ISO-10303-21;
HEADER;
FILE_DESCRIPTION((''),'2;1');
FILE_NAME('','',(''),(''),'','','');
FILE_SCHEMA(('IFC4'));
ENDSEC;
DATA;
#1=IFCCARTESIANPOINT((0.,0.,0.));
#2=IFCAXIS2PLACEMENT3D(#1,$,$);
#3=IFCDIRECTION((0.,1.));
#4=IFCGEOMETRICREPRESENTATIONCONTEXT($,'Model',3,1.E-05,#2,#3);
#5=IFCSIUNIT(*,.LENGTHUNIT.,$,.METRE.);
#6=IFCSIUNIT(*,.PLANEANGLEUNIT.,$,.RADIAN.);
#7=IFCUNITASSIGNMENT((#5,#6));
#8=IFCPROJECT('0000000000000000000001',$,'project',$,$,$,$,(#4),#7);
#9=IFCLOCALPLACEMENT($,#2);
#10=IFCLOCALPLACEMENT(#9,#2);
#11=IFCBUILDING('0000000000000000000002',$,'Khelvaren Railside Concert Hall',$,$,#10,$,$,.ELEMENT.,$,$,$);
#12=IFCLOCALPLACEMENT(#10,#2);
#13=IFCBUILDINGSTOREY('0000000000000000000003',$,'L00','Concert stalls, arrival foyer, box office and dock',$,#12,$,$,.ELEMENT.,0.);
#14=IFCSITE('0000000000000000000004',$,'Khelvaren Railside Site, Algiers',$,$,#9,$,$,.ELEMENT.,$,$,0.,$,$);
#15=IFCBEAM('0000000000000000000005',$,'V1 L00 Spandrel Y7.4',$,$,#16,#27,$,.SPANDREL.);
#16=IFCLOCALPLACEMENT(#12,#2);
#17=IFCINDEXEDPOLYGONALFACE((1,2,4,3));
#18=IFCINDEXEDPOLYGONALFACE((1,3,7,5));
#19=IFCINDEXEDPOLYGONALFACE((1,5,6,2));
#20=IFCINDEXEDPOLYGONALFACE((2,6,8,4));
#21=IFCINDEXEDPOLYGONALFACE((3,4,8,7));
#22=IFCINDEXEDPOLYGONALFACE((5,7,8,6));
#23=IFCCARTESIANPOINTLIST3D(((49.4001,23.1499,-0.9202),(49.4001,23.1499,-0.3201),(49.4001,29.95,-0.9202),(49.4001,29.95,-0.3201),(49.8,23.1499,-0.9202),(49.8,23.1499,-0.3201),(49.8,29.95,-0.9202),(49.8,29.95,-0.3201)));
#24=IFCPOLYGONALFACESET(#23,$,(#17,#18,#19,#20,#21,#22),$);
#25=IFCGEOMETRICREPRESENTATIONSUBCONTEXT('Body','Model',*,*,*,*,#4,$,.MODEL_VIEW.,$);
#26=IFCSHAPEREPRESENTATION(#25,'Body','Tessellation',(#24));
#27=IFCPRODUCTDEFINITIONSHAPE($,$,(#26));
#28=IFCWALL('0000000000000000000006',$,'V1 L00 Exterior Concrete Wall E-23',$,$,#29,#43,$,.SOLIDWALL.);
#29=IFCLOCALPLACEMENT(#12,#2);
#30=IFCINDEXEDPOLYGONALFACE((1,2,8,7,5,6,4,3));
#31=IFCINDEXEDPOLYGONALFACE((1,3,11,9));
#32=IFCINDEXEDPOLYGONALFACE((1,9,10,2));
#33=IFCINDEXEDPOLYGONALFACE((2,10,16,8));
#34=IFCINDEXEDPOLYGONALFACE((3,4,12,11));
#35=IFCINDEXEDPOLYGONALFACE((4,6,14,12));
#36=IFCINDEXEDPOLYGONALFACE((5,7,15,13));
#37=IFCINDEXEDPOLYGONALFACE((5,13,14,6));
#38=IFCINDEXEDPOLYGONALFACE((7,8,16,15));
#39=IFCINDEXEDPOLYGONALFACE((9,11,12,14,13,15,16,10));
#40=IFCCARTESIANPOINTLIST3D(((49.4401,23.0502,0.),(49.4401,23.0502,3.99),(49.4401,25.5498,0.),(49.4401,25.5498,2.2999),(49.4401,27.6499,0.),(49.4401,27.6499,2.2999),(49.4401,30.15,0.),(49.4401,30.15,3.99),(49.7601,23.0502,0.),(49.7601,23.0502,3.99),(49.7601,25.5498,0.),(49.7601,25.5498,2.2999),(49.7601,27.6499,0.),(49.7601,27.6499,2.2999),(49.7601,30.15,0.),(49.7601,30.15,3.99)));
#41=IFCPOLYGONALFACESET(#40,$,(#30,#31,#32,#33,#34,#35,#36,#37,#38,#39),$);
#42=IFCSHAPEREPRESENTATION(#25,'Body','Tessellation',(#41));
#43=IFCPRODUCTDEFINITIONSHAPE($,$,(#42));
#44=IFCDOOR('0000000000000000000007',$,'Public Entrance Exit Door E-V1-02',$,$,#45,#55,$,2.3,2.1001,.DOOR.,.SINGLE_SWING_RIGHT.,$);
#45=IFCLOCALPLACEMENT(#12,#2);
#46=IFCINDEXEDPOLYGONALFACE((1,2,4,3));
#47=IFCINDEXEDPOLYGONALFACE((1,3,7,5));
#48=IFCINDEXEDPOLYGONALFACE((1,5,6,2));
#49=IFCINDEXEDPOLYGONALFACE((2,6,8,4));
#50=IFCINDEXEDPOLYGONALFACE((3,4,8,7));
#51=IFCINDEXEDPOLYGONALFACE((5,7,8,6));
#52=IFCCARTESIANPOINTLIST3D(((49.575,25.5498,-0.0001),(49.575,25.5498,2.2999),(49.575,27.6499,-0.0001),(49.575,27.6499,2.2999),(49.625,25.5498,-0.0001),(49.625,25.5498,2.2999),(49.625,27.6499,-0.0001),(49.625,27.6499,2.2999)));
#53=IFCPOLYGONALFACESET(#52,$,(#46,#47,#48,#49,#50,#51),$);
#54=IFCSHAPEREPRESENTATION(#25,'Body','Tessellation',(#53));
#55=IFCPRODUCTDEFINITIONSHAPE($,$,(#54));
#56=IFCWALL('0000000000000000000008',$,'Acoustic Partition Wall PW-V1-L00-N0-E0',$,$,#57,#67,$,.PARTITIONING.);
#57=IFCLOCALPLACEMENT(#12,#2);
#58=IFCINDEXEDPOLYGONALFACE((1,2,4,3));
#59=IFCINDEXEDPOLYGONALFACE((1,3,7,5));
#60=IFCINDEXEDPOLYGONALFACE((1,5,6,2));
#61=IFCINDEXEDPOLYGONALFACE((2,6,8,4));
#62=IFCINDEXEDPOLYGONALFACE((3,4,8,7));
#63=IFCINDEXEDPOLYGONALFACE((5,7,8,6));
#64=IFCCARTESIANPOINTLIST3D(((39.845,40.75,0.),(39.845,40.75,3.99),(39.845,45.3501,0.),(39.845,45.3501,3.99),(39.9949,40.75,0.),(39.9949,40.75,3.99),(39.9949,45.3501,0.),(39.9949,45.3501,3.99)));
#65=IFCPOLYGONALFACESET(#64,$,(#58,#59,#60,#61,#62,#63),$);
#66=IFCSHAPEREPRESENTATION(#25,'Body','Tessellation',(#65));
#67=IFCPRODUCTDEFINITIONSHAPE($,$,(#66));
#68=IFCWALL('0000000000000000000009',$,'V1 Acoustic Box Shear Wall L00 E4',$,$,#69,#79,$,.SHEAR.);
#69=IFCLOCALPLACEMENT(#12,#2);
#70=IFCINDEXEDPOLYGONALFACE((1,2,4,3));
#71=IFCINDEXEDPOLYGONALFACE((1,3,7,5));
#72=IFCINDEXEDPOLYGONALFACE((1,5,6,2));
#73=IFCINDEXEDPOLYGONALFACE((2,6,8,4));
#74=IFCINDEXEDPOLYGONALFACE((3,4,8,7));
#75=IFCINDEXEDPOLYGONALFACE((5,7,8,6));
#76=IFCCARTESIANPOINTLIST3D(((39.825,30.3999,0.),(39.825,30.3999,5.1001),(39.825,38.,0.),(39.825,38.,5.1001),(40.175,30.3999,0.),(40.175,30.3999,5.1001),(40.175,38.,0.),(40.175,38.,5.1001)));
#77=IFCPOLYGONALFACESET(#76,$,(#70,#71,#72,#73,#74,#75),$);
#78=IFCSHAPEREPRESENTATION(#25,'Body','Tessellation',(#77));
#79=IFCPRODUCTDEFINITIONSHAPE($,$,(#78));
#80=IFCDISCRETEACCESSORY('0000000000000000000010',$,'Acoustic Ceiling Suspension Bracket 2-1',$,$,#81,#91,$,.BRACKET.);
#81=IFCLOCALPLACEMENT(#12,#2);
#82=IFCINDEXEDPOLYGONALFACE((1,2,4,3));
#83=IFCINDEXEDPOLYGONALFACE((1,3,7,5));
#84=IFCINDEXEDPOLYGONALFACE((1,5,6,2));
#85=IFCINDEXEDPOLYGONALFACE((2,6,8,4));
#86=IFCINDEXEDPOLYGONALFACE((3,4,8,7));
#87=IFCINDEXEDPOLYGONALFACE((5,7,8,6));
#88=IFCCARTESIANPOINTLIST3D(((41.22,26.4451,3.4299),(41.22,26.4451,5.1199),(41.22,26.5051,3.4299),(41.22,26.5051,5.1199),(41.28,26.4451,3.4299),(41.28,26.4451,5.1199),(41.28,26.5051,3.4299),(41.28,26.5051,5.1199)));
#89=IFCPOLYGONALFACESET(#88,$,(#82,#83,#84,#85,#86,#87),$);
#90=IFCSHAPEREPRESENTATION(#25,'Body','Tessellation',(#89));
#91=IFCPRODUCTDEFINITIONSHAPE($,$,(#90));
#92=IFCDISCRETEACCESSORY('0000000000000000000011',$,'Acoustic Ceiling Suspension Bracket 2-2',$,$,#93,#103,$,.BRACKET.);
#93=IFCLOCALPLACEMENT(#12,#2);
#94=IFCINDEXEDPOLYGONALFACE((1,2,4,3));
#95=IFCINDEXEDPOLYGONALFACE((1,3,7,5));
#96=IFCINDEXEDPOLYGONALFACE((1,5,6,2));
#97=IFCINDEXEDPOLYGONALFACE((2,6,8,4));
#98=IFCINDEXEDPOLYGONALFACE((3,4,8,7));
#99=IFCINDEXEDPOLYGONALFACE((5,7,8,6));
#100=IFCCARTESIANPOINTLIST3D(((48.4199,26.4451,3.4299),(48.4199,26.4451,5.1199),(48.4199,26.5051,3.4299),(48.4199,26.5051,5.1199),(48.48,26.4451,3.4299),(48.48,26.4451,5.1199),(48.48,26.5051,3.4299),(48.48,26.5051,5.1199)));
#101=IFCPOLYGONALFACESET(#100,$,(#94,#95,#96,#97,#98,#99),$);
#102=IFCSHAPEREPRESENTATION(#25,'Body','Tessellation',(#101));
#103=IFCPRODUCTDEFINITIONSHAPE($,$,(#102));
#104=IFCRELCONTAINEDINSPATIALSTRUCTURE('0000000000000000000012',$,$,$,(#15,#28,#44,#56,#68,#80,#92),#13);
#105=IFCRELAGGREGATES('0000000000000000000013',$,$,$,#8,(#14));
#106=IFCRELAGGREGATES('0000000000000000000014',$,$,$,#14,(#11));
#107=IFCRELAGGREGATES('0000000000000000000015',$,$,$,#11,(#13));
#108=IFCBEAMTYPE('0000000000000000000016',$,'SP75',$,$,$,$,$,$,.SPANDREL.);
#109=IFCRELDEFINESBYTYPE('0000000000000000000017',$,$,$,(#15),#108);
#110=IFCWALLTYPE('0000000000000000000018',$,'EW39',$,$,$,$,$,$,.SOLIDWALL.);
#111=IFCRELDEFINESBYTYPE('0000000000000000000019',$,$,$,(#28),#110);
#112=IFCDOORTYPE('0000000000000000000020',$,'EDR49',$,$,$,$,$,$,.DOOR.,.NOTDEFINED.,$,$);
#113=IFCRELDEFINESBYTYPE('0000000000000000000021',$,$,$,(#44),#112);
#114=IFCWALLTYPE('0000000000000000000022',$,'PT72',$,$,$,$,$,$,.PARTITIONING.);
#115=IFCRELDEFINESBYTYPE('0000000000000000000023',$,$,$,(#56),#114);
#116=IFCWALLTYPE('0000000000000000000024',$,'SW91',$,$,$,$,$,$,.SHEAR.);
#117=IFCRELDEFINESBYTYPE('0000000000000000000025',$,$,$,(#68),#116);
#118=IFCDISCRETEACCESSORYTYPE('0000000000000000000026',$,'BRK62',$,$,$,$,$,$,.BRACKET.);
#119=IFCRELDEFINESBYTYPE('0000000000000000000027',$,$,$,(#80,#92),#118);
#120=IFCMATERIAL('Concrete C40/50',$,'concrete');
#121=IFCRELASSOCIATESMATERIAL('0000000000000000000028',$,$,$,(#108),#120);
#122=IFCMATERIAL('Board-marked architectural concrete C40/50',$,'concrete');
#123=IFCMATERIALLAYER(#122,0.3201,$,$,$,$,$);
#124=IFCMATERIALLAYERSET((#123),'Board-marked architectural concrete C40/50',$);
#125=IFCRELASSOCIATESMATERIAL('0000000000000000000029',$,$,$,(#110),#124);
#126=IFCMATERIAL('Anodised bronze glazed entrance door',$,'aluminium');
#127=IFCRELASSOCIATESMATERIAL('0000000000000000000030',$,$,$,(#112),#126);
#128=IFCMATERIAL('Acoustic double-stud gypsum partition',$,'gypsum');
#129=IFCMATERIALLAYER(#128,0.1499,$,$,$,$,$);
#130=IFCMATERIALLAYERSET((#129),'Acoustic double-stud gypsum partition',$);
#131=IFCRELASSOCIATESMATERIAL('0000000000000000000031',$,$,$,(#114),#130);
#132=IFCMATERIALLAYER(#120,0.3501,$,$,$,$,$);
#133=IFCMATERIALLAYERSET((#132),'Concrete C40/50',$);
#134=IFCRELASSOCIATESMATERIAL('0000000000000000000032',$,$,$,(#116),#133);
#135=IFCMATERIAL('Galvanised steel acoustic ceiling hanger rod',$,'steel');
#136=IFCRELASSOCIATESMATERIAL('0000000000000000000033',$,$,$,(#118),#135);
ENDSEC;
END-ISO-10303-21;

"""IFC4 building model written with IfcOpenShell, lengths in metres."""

from ifc_helpers import new_model, si_unit, direction, frame, frame_2d, origin, origin_2d, place, context, subcontext, project, spatial, rectangle, extrude, material, layer, layer_set, material_profile, profile_set, type_object, element, fill, save


model = new_model("IFC4")

# Units and contexts
model_context = context("Model", 3, precision=1e-05, world=origin(), true_north=direction((0.0, 1.0)))
body_context = subcontext(model_context, "Body", "Model", "MODEL_VIEW")
ifc_project = project(units=[si_unit("LENGTHUNIT", "METRE"), si_unit("PLANEANGLEUNIT", "RADIAN")], contexts=[model_context])

# Site, building, storey
site_placement = place(None, origin())
site = spatial("IfcSite", under=ifc_project, at=site_placement, Name="Khelvaren Railside Site, Algiers", CompositionType="ELEMENT", RefElevation=0.0)
building_placement = place(site_placement, origin())
building = spatial("IfcBuilding", under=site, at=building_placement, Name="Khelvaren Railside Concert Hall", CompositionType="ELEMENT")
storey_placement = place(building_placement, origin())
storey = spatial("IfcBuildingStorey", under=building, at=storey_placement, Name="L00", Description="Concert stalls, arrival foyer, box office and dock", CompositionType="ELEMENT", Elevation=0.0)

# Beam
ifc_material_1 = material(Name="Concrete C40/50", Category="concrete")
ifc_material_profile_1 = material_profile(ifc_material_1, rectangle(XDim=0.3999, YDim=0.6001, at=origin_2d()), Name="RCB 400x600")
ifc_profile_set_1 = profile_set([ifc_material_profile_1], Name="Concrete C40/50")
beam_type_1 = type_object("IfcBeamType", Name="SP75", PredefinedType="SPANDREL", material=ifc_profile_set_1)
beam_1_placement = place(storey_placement, frame((49.6001, 23.1499, -0.6201), z_axis=(0.0, 1.0, 0.0), x_axis=(-1.0, 0.0, 0.0)))
element("IfcBeam", 1, at=beam_1_placement, inside=storey, type_object=beam_type_1, Name="V1 L00 Spandrel Y7.4", PredefinedType="SPANDREL", context=body_context, shape_type="SweptSolid", body=[
    extrude(rectangle(XDim=0.3999, YDim=0.6001, at=origin_2d()), origin(), (0.0, 0.0, 1.0), 6.8),
])

# Wall, opening, door
ifc_material_2 = material(Name="Board-marked architectural concrete C40/50", Category="concrete")
ifc_layer_1 = layer(ifc_material_2, 0.3201)
ifc_layer_set_1 = layer_set([ifc_layer_1], Name="Board-marked architectural concrete C40/50")
wall_type_1 = type_object("IfcWallType", Name="EW39", PredefinedType="SOLIDWALL", material=ifc_layer_set_1)
wall_1_placement = place(storey_placement, frame((49.6001, 30.1499, 0.0), z_axis=(0.0, 0.0, 1.0), x_axis=(0.0, -1.0, 0.0)))
wall_1 = element("IfcWall", 2, at=wall_1_placement, inside=storey, type_object=wall_type_1, Name="V1 L00 Exterior Concrete Wall E-23", PredefinedType="SOLIDWALL", context=body_context, shape_type="SweptSolid", body=[
    extrude(rectangle(XDim=7.0999, YDim=0.3201, at=frame_2d((3.5498, 0.0))), origin(), (0.0, 0.0, 1.0), 3.99),
])
opening_placement = place(wall_1_placement, frame((2.5, 0.0, 0.0)))
opening = element("IfcOpeningElement", 3, at=opening_placement, cuts=wall_1, PredefinedType="OPENING", context=body_context, shape_type="SweptSolid", body=[
    extrude(rectangle(XDim=2.1001, YDim=2.3, at=frame_2d((1.05, 1.1499))), frame((0.0, 0.1699, 0.0), z_axis=(0.0, -1.0, 0.0), x_axis=(1.0, 0.0, 0.0)), (0.0, 0.0, 1.0), 0.3401),
])
ifc_material_3 = material(Name="Anodised bronze glazed entrance door", Category="aluminium")
door_type = type_object("IfcDoorType", Name="EDR49", OperationType="NOTDEFINED", PredefinedType="DOOR", material=ifc_material_3)
door_placement = place(opening_placement, origin())
door = element("IfcDoor", 4, at=door_placement, inside=storey, type_object=door_type, Name="Public Entrance Exit Door E-V1-02", OperationType="SINGLE_SWING_RIGHT", OverallHeight=2.3, OverallWidth=2.1001, PredefinedType="DOOR", context=body_context, shape_type="SweptSolid", body=[
    extrude(rectangle(XDim=2.1001, YDim=2.3, at=frame_2d((1.05, 1.1499))), frame((0.0, 0.0249, 0.0), z_axis=(0.0, -1.0, 0.0), x_axis=(1.0, 0.0, 0.0)), (0.0, 0.0, 1.0), 0.05),
])
fill(opening, door)

# Walls
ifc_material_4 = material(Name="Acoustic double-stud gypsum partition", Category="gypsum")
ifc_layer_2 = layer(ifc_material_4, 0.1499)
ifc_layer_set_2 = layer_set([ifc_layer_2], Name="Acoustic double-stud gypsum partition")
wall_type_2 = type_object("IfcWallType", Name="PT72", PredefinedType="PARTITIONING", material=ifc_layer_set_2)
wall_2_placement = place(storey_placement, frame((39.9199, 40.75, 0.0), z_axis=(0.0, 0.0, 1.0), x_axis=(0.0, 1.0, 0.0)))
element("IfcWall", 5, at=wall_2_placement, inside=storey, type_object=wall_type_2, Name="Acoustic Partition Wall PW-V1-L00-N0-E0", PredefinedType="PARTITIONING", context=body_context, shape_type="SweptSolid", body=[
    extrude(rectangle(XDim=4.6001, YDim=0.1499, at=frame_2d((2.3, 0.0))), origin(), (0.0, 0.0, 1.0), 3.99),
])
ifc_layer_3 = layer(ifc_material_1, 0.3501)
ifc_layer_set_3 = layer_set([ifc_layer_3], Name="Concrete C40/50")
wall_type_3 = type_object("IfcWallType", Name="SW91", PredefinedType="SHEAR", material=ifc_layer_set_3)
wall_3_placement = place(storey_placement, frame((40.0, 30.3999, 0.0), z_axis=(0.0, 0.0, 1.0), x_axis=(0.0, 1.0, 0.0)))
element("IfcWall", 6, at=wall_3_placement, inside=storey, type_object=wall_type_3, Name="V1 Acoustic Box Shear Wall L00 E4", PredefinedType="SHEAR", context=body_context, shape_type="SweptSolid", body=[
    extrude(rectangle(XDim=7.6001, YDim=0.3501, at=frame_2d((3.8, 0.0))), origin(), (0.0, 0.0, 1.0), 5.1001),
])

# Discrete accessories
ifc_material_5 = material(Name="Galvanised steel acoustic ceiling hanger rod", Category="steel")
discrete_accessory_type = type_object("IfcDiscreteAccessoryType", Name="BRK62", PredefinedType="BRACKET", material=ifc_material_5)
for number, where, z_axis, x_axis, name in (
    (7, (41.25, 26.4751, 3.4299), (0.0, 0.0, 1.0), (1.0, 0.0, 0.0), "Acoustic Ceiling Suspension Bracket 2-1"),
    (8, (48.45, 26.4751, 3.4299), (0.0, 0.0, 1.0), (1.0, 0.0, 0.0), "Acoustic Ceiling Suspension Bracket 2-2"),
):
    element("IfcDiscreteAccessory", number, at=place(storey_placement, frame(where, z_axis=z_axis, x_axis=x_axis)), inside=storey, type_object=discrete_accessory_type, Name=name, PredefinedType="BRACKET", context=body_context, shape_type="SweptSolid", body=[
        extrude(rectangle(XDim=0.0601, YDim=0.0601, at=origin_2d()), origin(), (0.0, 0.0, 1.0), 1.6899),
    ])

save(model, "model.ifc")
